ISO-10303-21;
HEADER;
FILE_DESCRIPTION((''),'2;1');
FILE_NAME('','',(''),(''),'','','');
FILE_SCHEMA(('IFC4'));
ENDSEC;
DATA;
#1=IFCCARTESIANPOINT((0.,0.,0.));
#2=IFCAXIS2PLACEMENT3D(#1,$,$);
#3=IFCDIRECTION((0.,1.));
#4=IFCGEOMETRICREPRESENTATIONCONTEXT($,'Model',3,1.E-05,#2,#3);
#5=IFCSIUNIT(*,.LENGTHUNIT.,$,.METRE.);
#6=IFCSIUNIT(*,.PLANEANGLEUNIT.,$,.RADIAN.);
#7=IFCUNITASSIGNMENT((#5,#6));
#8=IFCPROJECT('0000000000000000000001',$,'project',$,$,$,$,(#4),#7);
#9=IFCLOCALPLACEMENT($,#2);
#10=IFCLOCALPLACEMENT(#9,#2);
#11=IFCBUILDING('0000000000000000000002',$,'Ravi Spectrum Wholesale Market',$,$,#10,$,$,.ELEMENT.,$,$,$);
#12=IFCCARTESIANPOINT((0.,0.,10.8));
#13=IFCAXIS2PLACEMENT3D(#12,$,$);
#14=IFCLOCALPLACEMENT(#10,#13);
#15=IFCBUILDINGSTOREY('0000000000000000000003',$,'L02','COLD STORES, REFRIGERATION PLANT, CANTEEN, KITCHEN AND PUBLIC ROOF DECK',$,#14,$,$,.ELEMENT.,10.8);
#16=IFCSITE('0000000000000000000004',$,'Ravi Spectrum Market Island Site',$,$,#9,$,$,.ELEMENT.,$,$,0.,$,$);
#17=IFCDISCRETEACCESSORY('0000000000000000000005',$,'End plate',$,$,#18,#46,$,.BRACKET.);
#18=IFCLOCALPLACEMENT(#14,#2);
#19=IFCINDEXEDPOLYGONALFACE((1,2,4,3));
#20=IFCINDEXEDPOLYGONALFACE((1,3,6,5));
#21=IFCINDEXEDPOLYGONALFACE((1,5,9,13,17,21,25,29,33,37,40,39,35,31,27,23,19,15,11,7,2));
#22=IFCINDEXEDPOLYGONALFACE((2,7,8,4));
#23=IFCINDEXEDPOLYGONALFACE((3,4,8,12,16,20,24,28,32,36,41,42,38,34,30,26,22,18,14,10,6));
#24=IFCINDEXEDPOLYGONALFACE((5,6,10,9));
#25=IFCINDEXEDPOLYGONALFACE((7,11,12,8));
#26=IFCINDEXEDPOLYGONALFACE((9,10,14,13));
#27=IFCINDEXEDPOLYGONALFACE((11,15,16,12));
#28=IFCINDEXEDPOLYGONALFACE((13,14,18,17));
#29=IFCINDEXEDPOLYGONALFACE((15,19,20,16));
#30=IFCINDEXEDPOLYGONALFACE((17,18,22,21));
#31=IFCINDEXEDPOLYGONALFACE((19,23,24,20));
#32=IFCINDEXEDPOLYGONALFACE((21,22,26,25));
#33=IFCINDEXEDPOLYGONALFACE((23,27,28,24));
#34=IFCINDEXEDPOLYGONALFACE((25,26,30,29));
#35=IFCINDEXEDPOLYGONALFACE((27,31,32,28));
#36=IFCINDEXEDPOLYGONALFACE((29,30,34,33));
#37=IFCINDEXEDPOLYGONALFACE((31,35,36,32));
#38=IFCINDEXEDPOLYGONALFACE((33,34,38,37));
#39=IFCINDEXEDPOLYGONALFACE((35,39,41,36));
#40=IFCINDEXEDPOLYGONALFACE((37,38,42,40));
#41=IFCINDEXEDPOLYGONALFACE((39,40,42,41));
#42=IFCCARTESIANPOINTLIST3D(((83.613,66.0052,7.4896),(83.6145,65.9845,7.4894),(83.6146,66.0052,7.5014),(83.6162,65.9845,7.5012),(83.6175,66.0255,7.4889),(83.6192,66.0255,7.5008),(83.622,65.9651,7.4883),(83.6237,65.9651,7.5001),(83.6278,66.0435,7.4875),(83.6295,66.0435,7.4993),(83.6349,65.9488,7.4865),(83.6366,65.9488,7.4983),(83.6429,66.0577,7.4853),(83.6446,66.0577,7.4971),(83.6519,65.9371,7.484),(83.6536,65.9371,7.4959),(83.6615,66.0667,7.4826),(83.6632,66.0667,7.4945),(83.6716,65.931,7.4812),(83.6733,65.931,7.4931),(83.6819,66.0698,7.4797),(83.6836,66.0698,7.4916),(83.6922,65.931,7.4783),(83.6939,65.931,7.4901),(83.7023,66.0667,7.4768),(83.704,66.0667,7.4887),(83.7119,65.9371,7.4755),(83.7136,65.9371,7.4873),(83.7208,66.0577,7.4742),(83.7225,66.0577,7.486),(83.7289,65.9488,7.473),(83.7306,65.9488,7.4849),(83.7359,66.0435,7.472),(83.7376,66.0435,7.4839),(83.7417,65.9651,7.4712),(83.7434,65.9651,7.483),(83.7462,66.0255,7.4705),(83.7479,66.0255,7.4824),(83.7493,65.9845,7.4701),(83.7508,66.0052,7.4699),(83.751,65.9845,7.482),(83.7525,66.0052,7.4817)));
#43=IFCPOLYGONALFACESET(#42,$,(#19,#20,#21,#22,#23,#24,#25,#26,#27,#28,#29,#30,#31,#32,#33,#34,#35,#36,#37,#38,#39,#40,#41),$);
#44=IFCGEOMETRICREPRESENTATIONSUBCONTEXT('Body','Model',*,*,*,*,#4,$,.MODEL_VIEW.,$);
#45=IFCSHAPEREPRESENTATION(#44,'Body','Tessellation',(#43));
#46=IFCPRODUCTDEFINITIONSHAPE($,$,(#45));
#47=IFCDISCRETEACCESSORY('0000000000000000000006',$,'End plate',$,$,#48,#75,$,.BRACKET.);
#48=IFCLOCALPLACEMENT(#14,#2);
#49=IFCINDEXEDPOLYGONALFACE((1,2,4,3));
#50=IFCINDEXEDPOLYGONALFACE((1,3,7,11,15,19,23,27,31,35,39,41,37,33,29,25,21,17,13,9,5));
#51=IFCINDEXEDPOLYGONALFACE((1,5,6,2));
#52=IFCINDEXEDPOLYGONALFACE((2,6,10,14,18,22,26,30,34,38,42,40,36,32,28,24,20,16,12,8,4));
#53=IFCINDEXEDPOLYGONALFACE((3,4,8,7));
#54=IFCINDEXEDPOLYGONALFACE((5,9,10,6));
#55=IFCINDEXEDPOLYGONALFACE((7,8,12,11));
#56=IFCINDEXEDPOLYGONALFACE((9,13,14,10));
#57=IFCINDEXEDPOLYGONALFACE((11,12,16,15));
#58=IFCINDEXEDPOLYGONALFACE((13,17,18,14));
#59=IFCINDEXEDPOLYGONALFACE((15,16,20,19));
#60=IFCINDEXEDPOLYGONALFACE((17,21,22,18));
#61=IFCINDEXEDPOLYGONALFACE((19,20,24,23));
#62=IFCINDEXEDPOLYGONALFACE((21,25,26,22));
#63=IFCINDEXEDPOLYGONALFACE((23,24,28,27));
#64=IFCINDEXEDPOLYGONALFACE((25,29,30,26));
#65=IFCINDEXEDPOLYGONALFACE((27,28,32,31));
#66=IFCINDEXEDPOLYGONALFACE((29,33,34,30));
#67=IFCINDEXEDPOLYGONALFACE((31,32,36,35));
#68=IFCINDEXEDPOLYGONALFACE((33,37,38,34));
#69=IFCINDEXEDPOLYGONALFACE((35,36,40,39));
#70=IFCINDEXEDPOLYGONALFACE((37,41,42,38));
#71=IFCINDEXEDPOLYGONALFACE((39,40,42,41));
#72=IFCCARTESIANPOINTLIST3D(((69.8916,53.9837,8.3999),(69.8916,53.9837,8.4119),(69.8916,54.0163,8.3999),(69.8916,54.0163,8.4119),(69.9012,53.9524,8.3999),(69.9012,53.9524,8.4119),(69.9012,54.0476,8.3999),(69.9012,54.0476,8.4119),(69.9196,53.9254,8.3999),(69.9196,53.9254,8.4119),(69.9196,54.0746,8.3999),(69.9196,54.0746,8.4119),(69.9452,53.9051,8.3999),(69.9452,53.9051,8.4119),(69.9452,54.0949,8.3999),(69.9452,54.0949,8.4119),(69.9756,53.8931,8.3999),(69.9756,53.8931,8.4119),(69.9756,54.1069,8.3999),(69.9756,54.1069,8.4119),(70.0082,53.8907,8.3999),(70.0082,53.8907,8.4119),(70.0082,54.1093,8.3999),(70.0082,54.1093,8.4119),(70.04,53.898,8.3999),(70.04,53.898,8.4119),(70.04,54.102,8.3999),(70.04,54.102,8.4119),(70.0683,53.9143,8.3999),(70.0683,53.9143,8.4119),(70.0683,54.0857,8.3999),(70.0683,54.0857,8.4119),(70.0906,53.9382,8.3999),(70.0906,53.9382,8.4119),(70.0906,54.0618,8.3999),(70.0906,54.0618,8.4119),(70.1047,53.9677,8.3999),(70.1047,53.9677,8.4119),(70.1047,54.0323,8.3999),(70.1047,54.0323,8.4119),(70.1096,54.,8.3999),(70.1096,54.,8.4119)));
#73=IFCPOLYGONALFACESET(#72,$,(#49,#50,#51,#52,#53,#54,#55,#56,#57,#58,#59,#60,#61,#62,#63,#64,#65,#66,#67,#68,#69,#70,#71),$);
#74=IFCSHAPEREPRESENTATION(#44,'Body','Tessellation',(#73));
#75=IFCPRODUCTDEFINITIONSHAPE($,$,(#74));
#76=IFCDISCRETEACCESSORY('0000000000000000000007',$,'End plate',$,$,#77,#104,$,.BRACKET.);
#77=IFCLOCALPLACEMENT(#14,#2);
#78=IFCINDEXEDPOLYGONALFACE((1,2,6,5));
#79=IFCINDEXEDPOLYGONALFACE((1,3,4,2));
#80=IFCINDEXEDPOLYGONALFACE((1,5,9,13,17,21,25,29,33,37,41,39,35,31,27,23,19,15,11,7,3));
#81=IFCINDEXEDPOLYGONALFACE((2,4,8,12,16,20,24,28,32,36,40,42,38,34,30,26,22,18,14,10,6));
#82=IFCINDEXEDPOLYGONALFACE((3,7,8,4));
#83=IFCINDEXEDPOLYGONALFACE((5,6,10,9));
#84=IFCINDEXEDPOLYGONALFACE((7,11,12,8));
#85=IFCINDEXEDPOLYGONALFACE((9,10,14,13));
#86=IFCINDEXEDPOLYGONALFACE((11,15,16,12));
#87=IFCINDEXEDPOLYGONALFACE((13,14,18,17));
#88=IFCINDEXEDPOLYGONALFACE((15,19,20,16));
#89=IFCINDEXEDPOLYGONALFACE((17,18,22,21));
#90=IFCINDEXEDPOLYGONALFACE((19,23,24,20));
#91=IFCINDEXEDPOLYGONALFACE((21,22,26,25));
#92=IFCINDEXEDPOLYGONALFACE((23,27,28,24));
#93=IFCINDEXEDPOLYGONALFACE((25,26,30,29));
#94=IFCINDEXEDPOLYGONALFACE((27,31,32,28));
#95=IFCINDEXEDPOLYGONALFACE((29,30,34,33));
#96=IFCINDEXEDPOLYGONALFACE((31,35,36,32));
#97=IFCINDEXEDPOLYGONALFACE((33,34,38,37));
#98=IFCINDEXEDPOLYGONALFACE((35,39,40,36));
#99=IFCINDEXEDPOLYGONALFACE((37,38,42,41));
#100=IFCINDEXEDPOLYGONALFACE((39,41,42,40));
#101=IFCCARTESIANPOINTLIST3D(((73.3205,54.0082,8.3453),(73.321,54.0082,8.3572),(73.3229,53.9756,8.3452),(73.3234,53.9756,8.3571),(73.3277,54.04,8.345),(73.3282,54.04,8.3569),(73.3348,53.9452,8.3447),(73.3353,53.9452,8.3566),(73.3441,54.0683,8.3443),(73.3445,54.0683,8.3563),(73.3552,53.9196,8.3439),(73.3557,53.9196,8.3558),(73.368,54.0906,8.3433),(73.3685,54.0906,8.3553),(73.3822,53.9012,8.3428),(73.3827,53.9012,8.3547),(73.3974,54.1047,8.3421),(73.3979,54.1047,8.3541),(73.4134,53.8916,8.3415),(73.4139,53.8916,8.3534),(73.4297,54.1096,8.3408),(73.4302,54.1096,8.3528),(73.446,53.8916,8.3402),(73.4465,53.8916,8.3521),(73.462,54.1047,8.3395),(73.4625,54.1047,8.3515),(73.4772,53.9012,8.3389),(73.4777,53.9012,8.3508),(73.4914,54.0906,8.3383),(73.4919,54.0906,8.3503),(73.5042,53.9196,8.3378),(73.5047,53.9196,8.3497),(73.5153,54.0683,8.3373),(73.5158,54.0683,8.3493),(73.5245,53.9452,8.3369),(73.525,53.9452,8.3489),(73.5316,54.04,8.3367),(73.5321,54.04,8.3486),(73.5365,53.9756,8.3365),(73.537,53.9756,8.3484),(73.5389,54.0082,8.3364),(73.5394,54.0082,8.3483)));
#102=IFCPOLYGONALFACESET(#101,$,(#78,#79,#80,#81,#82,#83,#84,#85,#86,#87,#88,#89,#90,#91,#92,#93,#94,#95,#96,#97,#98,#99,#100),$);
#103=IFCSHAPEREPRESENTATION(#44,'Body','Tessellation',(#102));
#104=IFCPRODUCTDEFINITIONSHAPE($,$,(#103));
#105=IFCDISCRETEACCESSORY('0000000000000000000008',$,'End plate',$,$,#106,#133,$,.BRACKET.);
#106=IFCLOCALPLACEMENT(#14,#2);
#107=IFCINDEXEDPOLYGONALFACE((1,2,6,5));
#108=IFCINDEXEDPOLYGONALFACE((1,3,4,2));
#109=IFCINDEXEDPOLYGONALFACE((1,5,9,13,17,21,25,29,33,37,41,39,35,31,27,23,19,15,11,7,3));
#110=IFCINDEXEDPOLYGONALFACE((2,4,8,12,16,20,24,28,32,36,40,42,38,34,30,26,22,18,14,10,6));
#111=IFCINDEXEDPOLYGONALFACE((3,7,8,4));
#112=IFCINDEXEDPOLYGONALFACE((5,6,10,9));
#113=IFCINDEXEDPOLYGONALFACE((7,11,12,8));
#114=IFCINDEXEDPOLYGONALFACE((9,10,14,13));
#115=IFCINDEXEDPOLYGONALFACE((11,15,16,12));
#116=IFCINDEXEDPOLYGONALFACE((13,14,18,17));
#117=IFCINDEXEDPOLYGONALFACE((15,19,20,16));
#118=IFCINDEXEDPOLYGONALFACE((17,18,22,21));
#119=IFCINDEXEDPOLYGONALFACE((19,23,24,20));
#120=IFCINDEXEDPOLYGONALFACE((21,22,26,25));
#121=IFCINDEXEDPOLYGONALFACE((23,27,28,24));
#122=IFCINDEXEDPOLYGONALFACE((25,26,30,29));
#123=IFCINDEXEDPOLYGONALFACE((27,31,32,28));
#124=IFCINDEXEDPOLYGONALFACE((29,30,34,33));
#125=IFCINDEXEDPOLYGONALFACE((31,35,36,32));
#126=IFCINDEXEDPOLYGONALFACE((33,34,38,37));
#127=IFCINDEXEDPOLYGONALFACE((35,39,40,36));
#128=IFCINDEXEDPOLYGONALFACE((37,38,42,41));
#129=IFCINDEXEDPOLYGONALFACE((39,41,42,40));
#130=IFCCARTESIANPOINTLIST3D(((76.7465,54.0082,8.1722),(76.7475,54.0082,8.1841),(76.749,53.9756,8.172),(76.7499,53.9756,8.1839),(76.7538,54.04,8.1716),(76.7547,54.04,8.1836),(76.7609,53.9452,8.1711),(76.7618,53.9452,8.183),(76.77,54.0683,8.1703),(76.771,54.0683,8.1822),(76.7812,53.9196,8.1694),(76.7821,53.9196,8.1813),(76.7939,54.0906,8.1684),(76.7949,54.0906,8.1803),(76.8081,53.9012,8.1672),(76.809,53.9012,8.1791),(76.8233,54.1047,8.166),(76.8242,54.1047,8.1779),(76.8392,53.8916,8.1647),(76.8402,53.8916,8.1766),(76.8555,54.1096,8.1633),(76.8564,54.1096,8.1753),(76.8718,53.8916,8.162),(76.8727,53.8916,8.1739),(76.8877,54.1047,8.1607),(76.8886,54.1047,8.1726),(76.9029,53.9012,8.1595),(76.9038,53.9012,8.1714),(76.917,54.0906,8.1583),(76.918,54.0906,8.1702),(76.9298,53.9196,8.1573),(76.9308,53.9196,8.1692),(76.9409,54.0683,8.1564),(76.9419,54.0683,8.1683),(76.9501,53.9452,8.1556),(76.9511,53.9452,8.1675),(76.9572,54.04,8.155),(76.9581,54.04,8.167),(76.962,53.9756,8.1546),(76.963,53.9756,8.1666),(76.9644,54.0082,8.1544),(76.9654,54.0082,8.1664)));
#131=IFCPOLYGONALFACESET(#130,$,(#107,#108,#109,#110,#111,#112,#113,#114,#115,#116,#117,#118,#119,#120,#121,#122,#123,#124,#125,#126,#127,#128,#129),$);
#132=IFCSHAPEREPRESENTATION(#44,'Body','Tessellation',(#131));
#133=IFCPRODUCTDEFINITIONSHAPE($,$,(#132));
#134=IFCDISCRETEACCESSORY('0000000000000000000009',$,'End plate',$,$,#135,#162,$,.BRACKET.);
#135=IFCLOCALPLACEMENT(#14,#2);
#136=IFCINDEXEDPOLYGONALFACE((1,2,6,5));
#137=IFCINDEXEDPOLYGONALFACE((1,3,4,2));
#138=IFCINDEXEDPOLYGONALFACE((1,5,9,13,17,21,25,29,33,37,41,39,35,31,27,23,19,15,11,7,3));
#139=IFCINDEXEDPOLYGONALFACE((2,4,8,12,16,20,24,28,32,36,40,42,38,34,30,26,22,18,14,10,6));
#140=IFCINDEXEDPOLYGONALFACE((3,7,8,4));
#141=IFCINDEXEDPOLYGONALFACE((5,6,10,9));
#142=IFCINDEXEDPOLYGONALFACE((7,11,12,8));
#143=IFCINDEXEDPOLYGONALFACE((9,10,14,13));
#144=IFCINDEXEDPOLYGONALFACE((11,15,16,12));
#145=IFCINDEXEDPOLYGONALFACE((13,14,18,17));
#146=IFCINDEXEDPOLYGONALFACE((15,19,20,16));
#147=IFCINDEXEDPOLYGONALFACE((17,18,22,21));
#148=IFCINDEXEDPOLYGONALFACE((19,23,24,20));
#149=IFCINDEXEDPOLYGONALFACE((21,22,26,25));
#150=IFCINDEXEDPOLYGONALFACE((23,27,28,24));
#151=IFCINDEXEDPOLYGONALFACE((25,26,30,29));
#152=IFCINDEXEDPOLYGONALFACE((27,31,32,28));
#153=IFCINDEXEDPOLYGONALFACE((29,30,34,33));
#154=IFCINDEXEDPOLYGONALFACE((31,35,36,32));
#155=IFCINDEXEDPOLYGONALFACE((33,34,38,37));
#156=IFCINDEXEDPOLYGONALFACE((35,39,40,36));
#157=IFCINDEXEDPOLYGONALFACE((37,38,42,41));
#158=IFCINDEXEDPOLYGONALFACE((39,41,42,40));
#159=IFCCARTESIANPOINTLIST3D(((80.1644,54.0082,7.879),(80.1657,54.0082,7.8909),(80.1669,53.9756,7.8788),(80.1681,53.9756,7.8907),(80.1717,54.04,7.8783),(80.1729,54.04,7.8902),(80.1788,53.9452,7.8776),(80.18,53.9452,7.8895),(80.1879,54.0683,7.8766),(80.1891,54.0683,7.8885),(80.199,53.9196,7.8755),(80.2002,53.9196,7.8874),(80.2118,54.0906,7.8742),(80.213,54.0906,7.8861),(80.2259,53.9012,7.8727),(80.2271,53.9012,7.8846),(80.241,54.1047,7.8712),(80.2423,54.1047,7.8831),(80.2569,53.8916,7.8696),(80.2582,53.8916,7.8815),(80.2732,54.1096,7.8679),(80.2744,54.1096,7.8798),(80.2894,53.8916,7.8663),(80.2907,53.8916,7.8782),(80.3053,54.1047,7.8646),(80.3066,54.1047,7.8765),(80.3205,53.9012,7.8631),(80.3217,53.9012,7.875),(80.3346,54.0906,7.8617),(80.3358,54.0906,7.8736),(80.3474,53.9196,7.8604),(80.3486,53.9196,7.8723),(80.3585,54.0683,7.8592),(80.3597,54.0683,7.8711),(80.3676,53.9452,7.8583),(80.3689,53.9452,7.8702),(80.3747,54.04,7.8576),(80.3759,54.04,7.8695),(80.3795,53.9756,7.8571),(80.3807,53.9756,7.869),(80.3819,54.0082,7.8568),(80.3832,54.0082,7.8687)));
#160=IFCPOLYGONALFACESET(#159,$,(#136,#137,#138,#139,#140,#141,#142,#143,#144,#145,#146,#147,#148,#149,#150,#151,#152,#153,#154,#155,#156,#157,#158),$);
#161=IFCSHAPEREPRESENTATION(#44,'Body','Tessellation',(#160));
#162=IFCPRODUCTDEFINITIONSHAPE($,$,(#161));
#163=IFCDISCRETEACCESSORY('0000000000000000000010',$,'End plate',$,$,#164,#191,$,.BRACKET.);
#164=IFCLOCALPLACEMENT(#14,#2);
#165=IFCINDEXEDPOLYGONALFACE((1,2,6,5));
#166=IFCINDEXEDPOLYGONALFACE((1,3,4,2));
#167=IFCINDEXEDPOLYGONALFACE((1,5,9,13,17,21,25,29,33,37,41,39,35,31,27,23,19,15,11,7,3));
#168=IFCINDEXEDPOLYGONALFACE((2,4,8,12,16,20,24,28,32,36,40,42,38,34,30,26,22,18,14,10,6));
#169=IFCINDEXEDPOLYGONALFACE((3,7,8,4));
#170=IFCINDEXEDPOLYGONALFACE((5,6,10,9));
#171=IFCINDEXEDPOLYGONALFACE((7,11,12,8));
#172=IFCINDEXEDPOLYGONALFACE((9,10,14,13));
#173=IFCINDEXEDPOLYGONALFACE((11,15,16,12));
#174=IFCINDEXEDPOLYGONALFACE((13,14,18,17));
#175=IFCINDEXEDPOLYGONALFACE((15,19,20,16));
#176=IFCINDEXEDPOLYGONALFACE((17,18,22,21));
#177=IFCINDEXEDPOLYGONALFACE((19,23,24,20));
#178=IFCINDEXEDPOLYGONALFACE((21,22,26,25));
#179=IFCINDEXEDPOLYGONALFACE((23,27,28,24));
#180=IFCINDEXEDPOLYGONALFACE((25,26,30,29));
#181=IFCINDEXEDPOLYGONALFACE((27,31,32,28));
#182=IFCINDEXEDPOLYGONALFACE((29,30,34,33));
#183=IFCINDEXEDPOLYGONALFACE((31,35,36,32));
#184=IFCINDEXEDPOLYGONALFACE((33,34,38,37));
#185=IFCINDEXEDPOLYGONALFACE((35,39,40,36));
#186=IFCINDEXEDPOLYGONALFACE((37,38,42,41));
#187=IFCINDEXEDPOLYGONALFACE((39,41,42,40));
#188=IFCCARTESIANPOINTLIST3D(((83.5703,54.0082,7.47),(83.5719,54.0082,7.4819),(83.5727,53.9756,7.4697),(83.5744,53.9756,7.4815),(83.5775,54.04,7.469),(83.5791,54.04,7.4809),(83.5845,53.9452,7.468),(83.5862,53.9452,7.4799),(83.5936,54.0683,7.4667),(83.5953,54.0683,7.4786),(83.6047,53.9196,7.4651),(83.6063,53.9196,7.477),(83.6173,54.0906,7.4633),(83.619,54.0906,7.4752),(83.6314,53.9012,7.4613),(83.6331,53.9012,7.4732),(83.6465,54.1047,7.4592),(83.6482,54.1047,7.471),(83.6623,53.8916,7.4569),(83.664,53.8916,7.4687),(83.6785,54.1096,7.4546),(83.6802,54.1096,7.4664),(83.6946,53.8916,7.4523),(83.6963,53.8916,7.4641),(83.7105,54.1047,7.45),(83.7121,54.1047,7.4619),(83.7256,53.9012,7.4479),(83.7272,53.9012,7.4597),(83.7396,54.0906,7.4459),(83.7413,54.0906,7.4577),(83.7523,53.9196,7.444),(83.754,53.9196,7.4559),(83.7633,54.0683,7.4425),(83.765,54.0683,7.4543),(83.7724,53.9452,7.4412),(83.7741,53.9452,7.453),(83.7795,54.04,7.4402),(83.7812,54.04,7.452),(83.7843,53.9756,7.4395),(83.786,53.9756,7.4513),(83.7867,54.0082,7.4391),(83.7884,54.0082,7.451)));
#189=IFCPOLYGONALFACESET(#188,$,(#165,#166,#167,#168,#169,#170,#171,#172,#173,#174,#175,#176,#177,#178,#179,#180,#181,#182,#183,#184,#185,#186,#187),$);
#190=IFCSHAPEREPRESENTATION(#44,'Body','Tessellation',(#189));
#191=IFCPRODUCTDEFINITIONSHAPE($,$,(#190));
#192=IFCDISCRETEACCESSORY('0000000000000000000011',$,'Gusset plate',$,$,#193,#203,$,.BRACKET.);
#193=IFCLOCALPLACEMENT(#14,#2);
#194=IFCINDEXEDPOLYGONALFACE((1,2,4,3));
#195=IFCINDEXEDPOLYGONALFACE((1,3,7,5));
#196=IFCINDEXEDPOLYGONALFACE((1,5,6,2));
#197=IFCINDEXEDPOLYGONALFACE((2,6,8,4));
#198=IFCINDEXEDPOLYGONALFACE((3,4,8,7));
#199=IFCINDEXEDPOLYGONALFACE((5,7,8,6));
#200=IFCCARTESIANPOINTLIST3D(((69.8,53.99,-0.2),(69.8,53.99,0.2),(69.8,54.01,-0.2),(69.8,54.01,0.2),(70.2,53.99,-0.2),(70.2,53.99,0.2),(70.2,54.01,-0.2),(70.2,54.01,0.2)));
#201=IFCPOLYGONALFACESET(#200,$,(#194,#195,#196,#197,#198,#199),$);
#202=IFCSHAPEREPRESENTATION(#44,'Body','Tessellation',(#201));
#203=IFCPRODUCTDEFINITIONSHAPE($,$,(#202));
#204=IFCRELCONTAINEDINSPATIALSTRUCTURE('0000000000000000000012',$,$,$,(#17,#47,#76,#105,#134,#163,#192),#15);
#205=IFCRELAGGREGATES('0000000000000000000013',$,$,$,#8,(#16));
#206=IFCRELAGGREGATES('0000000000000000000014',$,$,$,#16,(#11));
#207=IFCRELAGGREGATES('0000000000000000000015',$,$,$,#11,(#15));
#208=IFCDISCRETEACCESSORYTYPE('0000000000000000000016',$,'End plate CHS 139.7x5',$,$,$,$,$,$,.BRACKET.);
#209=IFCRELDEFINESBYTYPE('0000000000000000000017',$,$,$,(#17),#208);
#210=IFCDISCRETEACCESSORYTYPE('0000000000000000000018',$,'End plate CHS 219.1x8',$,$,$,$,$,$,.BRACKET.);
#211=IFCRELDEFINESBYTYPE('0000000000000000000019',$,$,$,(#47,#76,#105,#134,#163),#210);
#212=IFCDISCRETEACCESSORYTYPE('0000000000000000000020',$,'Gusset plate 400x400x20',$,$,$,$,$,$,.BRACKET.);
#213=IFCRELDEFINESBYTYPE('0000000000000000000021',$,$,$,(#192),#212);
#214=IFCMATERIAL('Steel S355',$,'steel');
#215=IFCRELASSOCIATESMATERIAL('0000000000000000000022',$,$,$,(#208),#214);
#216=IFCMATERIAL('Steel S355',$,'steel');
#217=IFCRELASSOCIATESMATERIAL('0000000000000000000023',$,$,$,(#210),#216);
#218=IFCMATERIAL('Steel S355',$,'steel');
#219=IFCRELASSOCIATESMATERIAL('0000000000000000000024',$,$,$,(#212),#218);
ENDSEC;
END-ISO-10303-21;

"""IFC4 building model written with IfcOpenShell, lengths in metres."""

from ifc_helpers import new_model, si_unit, direction, frame, origin, origin_2d, place, context, subcontext, project, spatial, rectangle, circle, extrude, material, material_profile, profile_set, type_object, element, save


model = new_model("IFC4")

# Units and contexts
model_context = context("Model", 3, precision=1e-05, world=origin(), true_north=direction((0.0, 1.0)))
body_context = subcontext(model_context, "Body", "Model", "MODEL_VIEW")
ifc_project = project(units=[si_unit("LENGTHUNIT", "METRE"), si_unit("PLANEANGLEUNIT", "RADIAN")], contexts=[model_context])

# Site, building, storey
site_placement = place(None, origin())
site = spatial("IfcSite", under=ifc_project, at=site_placement, Name="Ravi Spectrum Market Island Site", CompositionType="ELEMENT", RefElevation=0.0)
building_placement = place(site_placement, origin())
building = spatial("IfcBuilding", under=site, at=building_placement, Name="Ravi Spectrum Wholesale Market", CompositionType="ELEMENT")
storey_placement = place(building_placement, frame((0.0, 0.0, 10.8)))
storey = spatial("IfcBuildingStorey", under=building, at=storey_placement, Name="L02", Description="COLD STORES, REFRIGERATION PLANT, CANTEEN, KITCHEN AND PUBLIC ROOF DECK", CompositionType="ELEMENT", Elevation=10.8)

# Discrete accessories
ifc_material_1 = material(Name="Steel S355", Category="steel")
ifc_material_profile_1 = material_profile(ifc_material_1, circle(Radius=0.0698, at=origin_2d()))
ifc_profile_set_1 = profile_set([ifc_material_profile_1], Name="Steel S355")
discrete_accessory_type_1 = type_object("IfcDiscreteAccessoryType", Name="End plate CHS 139.7x5", PredefinedType="BRACKET", material=ifc_profile_set_1)
discrete_accessory_1_placement = place(storey_placement, frame((83.6819, 66.0, 7.4797), z_axis=(0.141421, 0.0, 0.989949), x_axis=(0.0, 1.0, 0.0)))
element("IfcDiscreteAccessory", 1, at=discrete_accessory_1_placement, inside=storey, type_object=discrete_accessory_type_1, Name="End plate", PredefinedType="BRACKET", context=body_context, shape_type="SweptSolid", body=[
    extrude(circle(Radius=0.0698, at=origin_2d()), origin(), (0.0, 0.0, 1.0), 0.012),
])
ifc_material_2 = material(Name="Steel S355", Category="steel")
ifc_material_profile_2 = material_profile(ifc_material_2, circle(Radius=0.1096, at=origin_2d()))
ifc_profile_set_2 = profile_set([ifc_material_profile_2], Name="Steel S355")
discrete_accessory_type_2 = type_object("IfcDiscreteAccessoryType", Name="End plate CHS 219.1x8", PredefinedType="BRACKET", material=ifc_profile_set_2)
for number, where, z_axis, x_axis, name in (
    (2, (70.0, 54.0, 8.3999), (0.0, 0.0, 1.0), (1.0, 0.0, 0.0), "End plate"),
    (3, (73.4297, 54.0, 8.3408), (0.040782, 0.0, 0.999168), (0.0, 1.0, 0.0), "End plate"),
    (4, (76.8555, 54.0, 8.1633), (0.081362, 0.0, 0.996685), (0.0, 1.0, 0.0), "End plate"),
    (5, (80.2732, 54.0, 7.8679), (0.101514, 0.0, 0.994834), (0.0, 1.0, 0.0), "End plate"),
    (6, (83.6785, 54.0, 7.4546), (0.141421, 0.0, 0.989949), (0.0, 1.0, 0.0), "End plate"),
):
    element("IfcDiscreteAccessory", number, at=place(storey_placement, frame(where, z_axis=z_axis, x_axis=x_axis)), inside=storey, type_object=discrete_accessory_type_2, Name=name, PredefinedType="BRACKET", context=body_context, shape_type="SweptSolid", body=[
        extrude(circle(Radius=0.1096, at=origin_2d()), origin(), (0.0, 0.0, 1.0), 0.012),
    ])
ifc_material_3 = material(Name="Steel S355", Category="steel")
ifc_material_profile_3 = material_profile(ifc_material_3, rectangle(XDim=0.3999, YDim=0.02, at=origin_2d()))
ifc_profile_set_3 = profile_set([ifc_material_profile_3], Name="Steel S355")
discrete_accessory_type_3 = type_object("IfcDiscreteAccessoryType", Name="Gusset plate 400x400x20", PredefinedType="BRACKET", material=ifc_profile_set_3)
discrete_accessory_2_placement = place(storey_placement, frame((70.0, 54.0, -0.2), z_axis=(0.0, 0.0, 1.0), x_axis=(1.0, 0.0, 0.0)))
element("IfcDiscreteAccessory", 7, at=discrete_accessory_2_placement, inside=storey, type_object=discrete_accessory_type_3, Name="Gusset plate", PredefinedType="BRACKET", context=body_context, shape_type="SweptSolid", body=[
    extrude(rectangle(XDim=0.3999, YDim=0.02, at=origin_2d()), origin(), (0.0, 0.0, 1.0), 0.3999),
])

save(model, "model.ifc")
